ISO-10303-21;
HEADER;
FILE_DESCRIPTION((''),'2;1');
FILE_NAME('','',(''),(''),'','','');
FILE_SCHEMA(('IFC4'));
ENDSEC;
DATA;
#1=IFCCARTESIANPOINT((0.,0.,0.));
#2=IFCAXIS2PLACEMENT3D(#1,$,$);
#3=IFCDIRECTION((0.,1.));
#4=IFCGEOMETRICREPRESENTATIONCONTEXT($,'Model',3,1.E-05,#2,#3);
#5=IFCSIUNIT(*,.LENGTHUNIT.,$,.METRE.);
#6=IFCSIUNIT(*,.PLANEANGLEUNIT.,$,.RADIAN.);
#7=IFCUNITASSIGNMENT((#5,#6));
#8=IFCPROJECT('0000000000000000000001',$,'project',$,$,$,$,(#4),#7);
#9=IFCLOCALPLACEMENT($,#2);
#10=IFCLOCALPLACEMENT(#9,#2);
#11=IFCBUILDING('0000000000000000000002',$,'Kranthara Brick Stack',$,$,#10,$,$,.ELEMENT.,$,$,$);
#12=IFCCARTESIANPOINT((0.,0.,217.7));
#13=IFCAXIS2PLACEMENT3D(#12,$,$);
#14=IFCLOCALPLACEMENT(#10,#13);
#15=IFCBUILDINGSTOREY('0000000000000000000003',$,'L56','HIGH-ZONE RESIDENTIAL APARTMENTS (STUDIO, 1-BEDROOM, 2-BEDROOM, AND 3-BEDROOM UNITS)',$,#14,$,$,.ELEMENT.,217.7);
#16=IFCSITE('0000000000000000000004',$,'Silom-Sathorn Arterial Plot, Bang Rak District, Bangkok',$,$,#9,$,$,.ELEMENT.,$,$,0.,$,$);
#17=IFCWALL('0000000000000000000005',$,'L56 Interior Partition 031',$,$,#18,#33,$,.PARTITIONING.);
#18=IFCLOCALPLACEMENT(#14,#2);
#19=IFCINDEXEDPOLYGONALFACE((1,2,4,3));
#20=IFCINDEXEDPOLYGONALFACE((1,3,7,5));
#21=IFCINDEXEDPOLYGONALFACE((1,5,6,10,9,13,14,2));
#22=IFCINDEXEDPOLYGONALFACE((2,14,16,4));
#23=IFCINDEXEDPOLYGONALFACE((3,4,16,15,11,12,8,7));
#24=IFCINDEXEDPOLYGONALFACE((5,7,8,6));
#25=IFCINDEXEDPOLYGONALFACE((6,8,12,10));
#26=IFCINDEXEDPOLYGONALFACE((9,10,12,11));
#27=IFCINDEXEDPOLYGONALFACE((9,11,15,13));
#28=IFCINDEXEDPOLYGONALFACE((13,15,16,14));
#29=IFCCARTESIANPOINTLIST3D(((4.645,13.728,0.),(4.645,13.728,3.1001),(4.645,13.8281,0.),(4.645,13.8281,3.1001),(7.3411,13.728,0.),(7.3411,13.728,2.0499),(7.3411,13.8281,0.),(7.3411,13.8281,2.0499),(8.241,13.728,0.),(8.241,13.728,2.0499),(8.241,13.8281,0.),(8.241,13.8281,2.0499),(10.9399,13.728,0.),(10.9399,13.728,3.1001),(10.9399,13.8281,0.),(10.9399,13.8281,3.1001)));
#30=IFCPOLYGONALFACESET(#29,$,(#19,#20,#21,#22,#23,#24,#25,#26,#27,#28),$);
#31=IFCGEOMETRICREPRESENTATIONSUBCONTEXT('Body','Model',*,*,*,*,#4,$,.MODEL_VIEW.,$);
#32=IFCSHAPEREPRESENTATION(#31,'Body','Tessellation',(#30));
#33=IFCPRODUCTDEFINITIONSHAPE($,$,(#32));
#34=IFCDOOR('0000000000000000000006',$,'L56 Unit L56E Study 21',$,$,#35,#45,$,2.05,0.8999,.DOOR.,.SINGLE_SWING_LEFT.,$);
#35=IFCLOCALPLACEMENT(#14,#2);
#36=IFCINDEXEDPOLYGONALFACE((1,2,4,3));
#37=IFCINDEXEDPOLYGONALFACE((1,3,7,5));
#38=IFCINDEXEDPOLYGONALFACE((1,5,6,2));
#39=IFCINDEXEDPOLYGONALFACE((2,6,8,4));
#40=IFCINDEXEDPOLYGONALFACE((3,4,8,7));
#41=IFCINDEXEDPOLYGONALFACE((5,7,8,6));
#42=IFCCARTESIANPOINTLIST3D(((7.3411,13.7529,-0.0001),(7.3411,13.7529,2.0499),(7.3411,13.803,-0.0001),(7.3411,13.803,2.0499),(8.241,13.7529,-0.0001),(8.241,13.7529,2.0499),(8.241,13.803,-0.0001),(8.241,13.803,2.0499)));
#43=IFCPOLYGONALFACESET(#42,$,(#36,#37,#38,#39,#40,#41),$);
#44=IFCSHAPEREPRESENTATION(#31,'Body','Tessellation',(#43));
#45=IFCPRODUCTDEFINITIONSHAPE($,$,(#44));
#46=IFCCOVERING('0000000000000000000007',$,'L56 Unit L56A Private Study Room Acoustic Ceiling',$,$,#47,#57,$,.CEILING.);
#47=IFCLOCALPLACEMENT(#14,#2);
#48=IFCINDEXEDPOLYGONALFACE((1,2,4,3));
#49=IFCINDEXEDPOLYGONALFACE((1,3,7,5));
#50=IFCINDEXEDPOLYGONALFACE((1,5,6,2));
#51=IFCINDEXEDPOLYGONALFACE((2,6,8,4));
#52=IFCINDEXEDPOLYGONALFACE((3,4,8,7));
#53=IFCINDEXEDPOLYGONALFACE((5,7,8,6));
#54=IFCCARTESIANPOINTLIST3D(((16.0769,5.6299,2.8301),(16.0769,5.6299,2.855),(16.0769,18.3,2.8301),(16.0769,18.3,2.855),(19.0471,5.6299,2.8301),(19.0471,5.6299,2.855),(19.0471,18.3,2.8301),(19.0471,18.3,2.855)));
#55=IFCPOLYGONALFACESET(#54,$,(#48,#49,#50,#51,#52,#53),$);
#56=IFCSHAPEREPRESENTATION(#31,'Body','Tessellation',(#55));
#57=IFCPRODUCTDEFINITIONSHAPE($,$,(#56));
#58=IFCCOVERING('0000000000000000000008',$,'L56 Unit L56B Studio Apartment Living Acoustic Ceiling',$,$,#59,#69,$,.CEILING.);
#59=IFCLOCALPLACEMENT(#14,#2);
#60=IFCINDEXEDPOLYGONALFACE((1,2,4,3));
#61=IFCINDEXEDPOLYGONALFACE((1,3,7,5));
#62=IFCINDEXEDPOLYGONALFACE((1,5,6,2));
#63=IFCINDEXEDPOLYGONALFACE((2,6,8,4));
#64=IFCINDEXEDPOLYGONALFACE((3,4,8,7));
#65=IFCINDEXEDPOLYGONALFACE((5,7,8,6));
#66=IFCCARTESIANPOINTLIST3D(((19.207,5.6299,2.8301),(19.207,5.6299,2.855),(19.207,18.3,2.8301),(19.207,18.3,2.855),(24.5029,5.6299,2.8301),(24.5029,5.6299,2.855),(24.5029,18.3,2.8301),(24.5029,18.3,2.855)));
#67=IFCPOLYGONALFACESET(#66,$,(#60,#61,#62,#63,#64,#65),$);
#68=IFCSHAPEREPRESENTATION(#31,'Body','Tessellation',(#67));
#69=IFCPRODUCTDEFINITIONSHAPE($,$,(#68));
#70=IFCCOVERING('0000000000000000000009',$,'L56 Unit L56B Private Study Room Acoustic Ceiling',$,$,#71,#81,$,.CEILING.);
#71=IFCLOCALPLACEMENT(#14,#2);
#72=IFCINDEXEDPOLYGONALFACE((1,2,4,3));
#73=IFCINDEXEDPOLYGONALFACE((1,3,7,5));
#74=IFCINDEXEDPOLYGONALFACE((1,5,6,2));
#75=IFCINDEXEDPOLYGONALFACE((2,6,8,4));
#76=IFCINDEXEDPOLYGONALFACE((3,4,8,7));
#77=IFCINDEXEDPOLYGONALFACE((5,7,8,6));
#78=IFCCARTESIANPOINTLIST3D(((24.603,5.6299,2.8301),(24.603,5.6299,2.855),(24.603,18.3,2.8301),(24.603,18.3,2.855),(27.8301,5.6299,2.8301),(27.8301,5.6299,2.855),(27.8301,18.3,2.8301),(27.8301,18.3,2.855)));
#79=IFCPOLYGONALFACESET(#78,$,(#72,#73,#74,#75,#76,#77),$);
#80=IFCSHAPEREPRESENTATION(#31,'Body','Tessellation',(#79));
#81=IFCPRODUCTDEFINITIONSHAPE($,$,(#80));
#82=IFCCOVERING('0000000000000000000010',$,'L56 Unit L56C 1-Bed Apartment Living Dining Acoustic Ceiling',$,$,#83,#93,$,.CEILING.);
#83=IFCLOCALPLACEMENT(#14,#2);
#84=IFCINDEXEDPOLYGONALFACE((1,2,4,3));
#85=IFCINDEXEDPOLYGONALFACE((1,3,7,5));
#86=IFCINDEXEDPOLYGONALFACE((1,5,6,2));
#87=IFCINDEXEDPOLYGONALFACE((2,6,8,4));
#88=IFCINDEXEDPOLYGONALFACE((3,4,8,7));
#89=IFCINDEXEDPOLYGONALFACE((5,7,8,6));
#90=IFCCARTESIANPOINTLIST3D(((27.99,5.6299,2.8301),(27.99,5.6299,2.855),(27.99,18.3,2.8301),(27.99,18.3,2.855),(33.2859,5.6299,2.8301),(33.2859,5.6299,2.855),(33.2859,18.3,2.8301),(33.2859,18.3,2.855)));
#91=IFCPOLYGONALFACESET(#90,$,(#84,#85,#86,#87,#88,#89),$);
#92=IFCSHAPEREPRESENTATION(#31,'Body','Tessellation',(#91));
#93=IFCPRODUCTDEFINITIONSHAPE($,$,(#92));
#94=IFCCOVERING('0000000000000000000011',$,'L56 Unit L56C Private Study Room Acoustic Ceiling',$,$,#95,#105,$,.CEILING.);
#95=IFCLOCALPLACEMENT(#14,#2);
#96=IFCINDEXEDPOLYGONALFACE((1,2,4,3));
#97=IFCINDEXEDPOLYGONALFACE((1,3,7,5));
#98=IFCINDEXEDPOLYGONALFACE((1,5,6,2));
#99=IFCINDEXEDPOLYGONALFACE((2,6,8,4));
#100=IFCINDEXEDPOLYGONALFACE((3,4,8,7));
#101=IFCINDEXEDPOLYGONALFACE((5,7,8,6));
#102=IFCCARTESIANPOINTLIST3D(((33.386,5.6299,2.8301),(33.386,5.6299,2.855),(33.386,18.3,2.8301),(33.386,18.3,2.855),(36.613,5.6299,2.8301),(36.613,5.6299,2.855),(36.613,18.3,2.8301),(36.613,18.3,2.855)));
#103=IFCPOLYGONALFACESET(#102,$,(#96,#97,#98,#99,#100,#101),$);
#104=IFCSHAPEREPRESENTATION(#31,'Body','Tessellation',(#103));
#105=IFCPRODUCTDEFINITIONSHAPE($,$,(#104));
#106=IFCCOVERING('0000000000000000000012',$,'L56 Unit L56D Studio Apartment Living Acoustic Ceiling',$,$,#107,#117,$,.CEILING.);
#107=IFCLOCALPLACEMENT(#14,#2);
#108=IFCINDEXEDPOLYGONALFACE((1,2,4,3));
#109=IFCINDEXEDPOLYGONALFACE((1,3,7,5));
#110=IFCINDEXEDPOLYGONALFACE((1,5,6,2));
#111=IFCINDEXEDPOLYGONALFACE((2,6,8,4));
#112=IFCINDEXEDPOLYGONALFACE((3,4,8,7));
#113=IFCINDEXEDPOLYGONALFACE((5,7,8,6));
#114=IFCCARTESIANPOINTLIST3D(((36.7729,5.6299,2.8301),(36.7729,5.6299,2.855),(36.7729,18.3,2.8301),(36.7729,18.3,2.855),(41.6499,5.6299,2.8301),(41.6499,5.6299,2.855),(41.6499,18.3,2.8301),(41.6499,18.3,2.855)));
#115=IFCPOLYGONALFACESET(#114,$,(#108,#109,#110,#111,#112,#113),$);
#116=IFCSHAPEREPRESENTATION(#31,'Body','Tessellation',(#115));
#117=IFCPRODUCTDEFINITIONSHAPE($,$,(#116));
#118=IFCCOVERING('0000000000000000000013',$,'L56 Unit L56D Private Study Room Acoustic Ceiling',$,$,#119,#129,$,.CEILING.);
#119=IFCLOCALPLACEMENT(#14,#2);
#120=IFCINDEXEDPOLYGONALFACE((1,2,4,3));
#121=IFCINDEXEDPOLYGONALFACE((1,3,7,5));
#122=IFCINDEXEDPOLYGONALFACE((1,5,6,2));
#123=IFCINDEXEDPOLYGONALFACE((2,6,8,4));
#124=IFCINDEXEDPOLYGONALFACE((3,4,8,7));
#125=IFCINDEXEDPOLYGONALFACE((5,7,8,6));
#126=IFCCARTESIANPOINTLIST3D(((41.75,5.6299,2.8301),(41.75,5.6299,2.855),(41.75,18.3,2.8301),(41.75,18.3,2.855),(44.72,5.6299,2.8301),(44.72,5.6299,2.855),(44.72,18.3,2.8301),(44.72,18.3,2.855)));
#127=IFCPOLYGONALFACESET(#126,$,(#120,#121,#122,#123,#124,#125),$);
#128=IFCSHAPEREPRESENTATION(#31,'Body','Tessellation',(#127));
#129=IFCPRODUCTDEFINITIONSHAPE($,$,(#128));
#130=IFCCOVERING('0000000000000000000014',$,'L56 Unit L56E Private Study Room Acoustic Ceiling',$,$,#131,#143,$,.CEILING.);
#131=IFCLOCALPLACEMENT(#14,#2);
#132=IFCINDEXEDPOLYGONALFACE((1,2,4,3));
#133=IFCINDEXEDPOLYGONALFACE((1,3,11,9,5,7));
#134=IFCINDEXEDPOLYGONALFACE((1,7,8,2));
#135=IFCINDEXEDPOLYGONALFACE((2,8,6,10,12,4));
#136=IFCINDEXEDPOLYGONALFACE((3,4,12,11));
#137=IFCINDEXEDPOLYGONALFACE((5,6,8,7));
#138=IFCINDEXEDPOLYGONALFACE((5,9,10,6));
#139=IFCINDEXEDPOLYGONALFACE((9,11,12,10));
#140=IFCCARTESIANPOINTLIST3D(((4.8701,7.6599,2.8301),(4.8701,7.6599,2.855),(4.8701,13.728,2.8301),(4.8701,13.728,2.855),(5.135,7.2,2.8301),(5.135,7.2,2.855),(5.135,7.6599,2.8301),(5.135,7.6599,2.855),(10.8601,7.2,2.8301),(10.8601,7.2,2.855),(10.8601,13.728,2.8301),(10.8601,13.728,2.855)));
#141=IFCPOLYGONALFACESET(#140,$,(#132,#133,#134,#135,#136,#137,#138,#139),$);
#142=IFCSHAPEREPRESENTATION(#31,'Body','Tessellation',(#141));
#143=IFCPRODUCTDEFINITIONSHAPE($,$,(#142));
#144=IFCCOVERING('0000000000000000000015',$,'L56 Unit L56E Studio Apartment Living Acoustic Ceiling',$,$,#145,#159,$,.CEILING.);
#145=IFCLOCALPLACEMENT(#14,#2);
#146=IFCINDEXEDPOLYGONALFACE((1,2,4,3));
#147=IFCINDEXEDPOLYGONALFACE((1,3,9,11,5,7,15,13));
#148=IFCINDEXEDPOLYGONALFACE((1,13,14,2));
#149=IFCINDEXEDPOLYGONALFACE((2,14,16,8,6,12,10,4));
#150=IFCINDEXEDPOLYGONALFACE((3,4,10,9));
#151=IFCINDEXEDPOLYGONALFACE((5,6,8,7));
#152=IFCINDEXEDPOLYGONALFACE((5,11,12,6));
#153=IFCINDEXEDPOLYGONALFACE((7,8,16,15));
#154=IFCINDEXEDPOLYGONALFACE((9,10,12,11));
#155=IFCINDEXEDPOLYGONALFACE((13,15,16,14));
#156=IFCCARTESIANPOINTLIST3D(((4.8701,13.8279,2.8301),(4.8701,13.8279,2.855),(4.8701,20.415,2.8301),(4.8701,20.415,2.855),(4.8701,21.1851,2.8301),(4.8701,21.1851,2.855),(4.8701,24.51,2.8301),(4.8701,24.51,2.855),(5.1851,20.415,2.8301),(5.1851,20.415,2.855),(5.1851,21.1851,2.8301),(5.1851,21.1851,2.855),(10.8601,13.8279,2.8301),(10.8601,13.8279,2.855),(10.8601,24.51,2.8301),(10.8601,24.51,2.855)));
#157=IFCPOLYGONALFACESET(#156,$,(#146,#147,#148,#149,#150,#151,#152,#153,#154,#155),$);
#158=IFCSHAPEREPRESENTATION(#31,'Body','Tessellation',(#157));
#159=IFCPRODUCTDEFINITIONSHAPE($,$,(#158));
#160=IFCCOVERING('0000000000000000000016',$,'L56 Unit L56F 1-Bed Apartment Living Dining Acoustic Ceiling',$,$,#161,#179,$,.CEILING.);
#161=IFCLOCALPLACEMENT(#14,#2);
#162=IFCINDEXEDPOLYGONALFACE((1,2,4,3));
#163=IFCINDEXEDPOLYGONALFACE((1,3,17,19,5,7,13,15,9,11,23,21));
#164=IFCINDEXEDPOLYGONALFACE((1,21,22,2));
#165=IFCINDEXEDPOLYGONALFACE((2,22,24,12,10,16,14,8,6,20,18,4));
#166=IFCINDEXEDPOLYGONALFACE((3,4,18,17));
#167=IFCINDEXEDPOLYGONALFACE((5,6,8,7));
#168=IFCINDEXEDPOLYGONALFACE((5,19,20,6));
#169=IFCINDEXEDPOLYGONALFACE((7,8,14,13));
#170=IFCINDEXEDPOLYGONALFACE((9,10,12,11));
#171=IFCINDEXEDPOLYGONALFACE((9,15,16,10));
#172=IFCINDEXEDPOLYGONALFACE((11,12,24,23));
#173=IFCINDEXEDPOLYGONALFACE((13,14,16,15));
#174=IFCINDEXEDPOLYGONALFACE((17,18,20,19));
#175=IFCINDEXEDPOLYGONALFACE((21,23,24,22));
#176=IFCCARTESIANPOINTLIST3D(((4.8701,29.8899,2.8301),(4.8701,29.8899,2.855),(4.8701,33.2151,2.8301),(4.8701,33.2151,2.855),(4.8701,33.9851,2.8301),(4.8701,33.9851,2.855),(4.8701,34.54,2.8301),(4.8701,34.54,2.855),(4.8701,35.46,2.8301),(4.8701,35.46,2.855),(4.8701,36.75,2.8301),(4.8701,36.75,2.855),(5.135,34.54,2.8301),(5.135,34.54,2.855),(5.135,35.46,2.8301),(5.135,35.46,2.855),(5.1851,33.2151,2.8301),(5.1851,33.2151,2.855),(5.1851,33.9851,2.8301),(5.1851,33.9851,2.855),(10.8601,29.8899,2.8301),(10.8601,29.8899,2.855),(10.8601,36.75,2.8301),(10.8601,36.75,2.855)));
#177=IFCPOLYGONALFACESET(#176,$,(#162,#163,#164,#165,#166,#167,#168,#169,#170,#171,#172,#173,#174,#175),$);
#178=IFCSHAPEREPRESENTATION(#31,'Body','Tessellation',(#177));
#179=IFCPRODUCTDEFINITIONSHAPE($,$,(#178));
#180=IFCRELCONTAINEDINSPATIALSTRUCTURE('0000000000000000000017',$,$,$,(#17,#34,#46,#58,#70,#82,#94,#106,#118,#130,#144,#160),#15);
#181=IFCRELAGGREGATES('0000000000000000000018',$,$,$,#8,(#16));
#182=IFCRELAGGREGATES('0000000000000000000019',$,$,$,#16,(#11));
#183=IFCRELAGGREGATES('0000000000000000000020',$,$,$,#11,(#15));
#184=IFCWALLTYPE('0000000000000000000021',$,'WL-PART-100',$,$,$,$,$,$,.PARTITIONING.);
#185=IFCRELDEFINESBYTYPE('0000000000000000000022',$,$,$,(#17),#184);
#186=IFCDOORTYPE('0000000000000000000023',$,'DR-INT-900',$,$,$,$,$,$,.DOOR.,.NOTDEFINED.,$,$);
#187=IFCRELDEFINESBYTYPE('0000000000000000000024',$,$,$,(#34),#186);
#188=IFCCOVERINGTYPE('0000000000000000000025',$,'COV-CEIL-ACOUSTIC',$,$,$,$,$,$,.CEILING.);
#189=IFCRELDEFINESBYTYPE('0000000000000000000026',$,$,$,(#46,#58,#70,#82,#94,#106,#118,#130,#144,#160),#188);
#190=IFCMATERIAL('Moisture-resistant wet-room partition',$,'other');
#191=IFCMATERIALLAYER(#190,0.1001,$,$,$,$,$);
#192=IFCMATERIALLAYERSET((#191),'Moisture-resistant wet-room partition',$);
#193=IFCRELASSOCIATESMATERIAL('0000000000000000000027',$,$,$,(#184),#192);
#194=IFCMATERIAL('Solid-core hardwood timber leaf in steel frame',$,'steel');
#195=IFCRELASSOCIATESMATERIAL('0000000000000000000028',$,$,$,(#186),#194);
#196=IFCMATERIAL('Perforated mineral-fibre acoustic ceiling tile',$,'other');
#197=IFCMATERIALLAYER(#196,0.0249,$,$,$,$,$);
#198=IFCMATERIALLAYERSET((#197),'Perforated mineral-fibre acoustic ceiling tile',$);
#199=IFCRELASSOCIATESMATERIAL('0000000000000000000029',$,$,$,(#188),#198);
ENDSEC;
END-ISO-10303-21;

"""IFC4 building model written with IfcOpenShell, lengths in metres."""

from ifc_helpers import new_model, si_unit, direction, frame, frame_2d, origin, place, context, subcontext, project, spatial, polyline, rectangle, outline, extrude, material, layer, layer_set, type_object, element, fill, save


model = new_model("IFC4")

# Units and contexts
model_context = context("Model", 3, precision=1e-05, world=origin(), true_north=direction((0.0, 1.0)))
body_context = subcontext(model_context, "Body", "Model", "MODEL_VIEW")
ifc_project = project(units=[si_unit("LENGTHUNIT", "METRE"), si_unit("PLANEANGLEUNIT", "RADIAN")], contexts=[model_context])

# Site, building, storey
site_placement = place(None, origin())
site = spatial("IfcSite", under=ifc_project, at=site_placement, Name="Silom-Sathorn Arterial Plot, Bang Rak District, Bangkok", CompositionType="ELEMENT", RefElevation=0.0)
building_placement = place(site_placement, origin())
building = spatial("IfcBuilding", under=site, at=building_placement, Name="Kranthara Brick Stack", CompositionType="ELEMENT")
storey_placement = place(building_placement, frame((0.0, 0.0, 217.7)))
storey = spatial("IfcBuildingStorey", under=building, at=storey_placement, Name="L56", Description="HIGH-ZONE RESIDENTIAL APARTMENTS (STUDIO, 1-BEDROOM, 2-BEDROOM, AND 3-BEDROOM UNITS)", CompositionType="ELEMENT", Elevation=217.7)

# Wall, opening, door
ifc_material_1 = material(Name="Moisture-resistant wet-room partition", Category="other")
ifc_layer_1 = layer(ifc_material_1, 0.1001)
ifc_layer_set_1 = layer_set([ifc_layer_1], Name="Moisture-resistant wet-room partition")
wall_type_1 = type_object("IfcWallType", Name="WL-PART-100", PredefinedType="PARTITIONING", material=ifc_layer_set_1)
wall_1_placement = place(storey_placement, frame((4.645, 13.7781, 0.0), z_axis=(0.0, 0.0, 1.0), x_axis=(1.0, 0.0, 0.0)))
wall_1 = element("IfcWall", 1, at=wall_1_placement, inside=storey, type_object=wall_type_1, Name="L56 Interior Partition 031", PredefinedType="PARTITIONING", context=body_context, shape_type="SweptSolid", body=[
    extrude(rectangle(XDim=6.2949, YDim=0.1001, at=frame_2d((3.1475, 0.0))), origin(), (0.0, 0.0, 1.0), 3.1001),
])
opening_1_placement = place(wall_1_placement, frame((2.696, 0.0, 0.0)))
opening_1 = element("IfcOpeningElement", 2, at=opening_1_placement, cuts=wall_1, PredefinedType="OPENING", context=body_context, shape_type="SweptSolid", body=[
    extrude(rectangle(XDim=0.8999, YDim=2.05, at=frame_2d((0.45, 1.0249))), frame((0.0, 0.0601, 0.0), z_axis=(0.0, -1.0, 0.0), x_axis=(1.0, 0.0, 0.0)), (0.0, 0.0, 1.0), 0.1201),
])
ifc_material_2 = material(Name="Solid-core hardwood timber leaf in steel frame", Category="steel")
door_type = type_object("IfcDoorType", Name="DR-INT-900", OperationType="NOTDEFINED", PredefinedType="DOOR", material=ifc_material_2)
door_placement = place(opening_1_placement, origin())
door = element("IfcDoor", 3, at=door_placement, inside=storey, type_object=door_type, Name="L56 Unit L56E Study 21", OperationType="SINGLE_SWING_LEFT", OverallHeight=2.05, OverallWidth=0.8999, PredefinedType="DOOR", context=body_context, shape_type="SweptSolid", body=[
    extrude(rectangle(XDim=0.8999, YDim=2.05, at=frame_2d((0.45, 1.0249))), frame((0.0, 0.0249, 0.0), z_axis=(0.0, -1.0, 0.0), x_axis=(1.0, 0.0, 0.0)), (0.0, 0.0, 1.0), 0.05),
])
fill(opening_1, door)

# Coverings
ifc_material_3 = material(Name="Perforated mineral-fibre acoustic ceiling tile", Category="other")
ifc_layer_2 = layer(ifc_material_3, 0.0249)
ifc_layer_set_2 = layer_set([ifc_layer_2], Name="Perforated mineral-fibre acoustic ceiling tile")
covering_type = type_object("IfcCoveringType", Name="COV-CEIL-ACOUSTIC", PredefinedType="CEILING", material=ifc_layer_set_2)
covering_1_placement = place(storey_placement, frame((0.0, 0.0, 2.8301)))
element("IfcCovering", 4, at=covering_1_placement, inside=storey, type_object=covering_type, Name="L56 Unit L56A Private Study Room Acoustic Ceiling", PredefinedType="CEILING", context=body_context, shape_type="SweptSolid", body=[
    extrude(outline(polyline([(19.0471, 5.6299), (19.0471, 18.3), (16.0769, 18.3), (16.0769, 5.6299), (19.0471, 5.6299)])), origin(), (0.0, 0.0, 1.0), 0.0249),
])
covering_2_placement = place(storey_placement, frame((0.0, 0.0, 2.8301)))
element("IfcCovering", 5, at=covering_2_placement, inside=storey, type_object=covering_type, Name="L56 Unit L56B Studio Apartment Living Acoustic Ceiling", PredefinedType="CEILING", context=body_context, shape_type="SweptSolid", body=[
    extrude(outline(polyline([(24.5029, 5.6299), (24.5029, 18.3), (19.207, 18.3), (19.207, 5.6299), (24.5029, 5.6299)])), origin(), (0.0, 0.0, 1.0), 0.0249),
])
covering_3_placement = place(storey_placement, frame((0.0, 0.0, 2.8301)))
element("IfcCovering", 6, at=covering_3_placement, inside=storey, type_object=covering_type, Name="L56 Unit L56B Private Study Room Acoustic Ceiling", PredefinedType="CEILING", context=body_context, shape_type="SweptSolid", body=[
    extrude(outline(polyline([(27.8301, 5.6299), (27.8301, 18.3), (24.603, 18.3), (24.603, 5.6299), (27.8301, 5.6299)])), origin(), (0.0, 0.0, 1.0), 0.0249),
])
covering_4_placement = place(storey_placement, frame((0.0, 0.0, 2.8301)))
element("IfcCovering", 7, at=covering_4_placement, inside=storey, type_object=covering_type, Name="L56 Unit L56C 1-Bed Apartment Living Dining Acoustic Ceiling", PredefinedType="CEILING", context=body_context, shape_type="SweptSolid", body=[
    extrude(outline(polyline([(33.2859, 5.6299), (33.2859, 18.3), (27.99, 18.3), (27.99, 5.6299), (33.2859, 5.6299)])), origin(), (0.0, 0.0, 1.0), 0.0249),
])
covering_5_placement = place(storey_placement, frame((0.0, 0.0, 2.8301)))
element("IfcCovering", 8, at=covering_5_placement, inside=storey, type_object=covering_type, Name="L56 Unit L56C Private Study Room Acoustic Ceiling", PredefinedType="CEILING", context=body_context, shape_type="SweptSolid", body=[
    extrude(outline(polyline([(36.613, 5.6299), (36.613, 18.3), (33.386, 18.3), (33.386, 5.6299), (36.613, 5.6299)])), origin(), (0.0, 0.0, 1.0), 0.0249),
])
covering_6_placement = place(storey_placement, frame((0.0, 0.0, 2.8301)))
element("IfcCovering", 9, at=covering_6_placement, inside=storey, type_object=covering_type, Name="L56 Unit L56D Studio Apartment Living Acoustic Ceiling", PredefinedType="CEILING", context=body_context, shape_type="SweptSolid", body=[
    extrude(outline(polyline([(41.6499, 5.6299), (41.6499, 18.3), (36.7729, 18.3), (36.7729, 5.6299), (41.6499, 5.6299)])), origin(), (0.0, 0.0, 1.0), 0.0249),
])
covering_7_placement = place(storey_placement, frame((0.0, 0.0, 2.8301)))
element("IfcCovering", 10, at=covering_7_placement, inside=storey, type_object=covering_type, Name="L56 Unit L56D Private Study Room Acoustic Ceiling", PredefinedType="CEILING", context=body_context, shape_type="SweptSolid", body=[
    extrude(outline(polyline([(44.72, 5.6299), (44.72, 18.3), (41.75, 18.3), (41.75, 5.6299), (44.72, 5.6299)])), origin(), (0.0, 0.0, 1.0), 0.0249),
])
covering_8_placement = place(storey_placement, frame((0.0, 0.0, 2.8301)))
element("IfcCovering", 11, at=covering_8_placement, inside=storey, type_object=covering_type, Name="L56 Unit L56E Private Study Room Acoustic Ceiling", PredefinedType="CEILING", context=body_context, shape_type="SweptSolid", body=[
    extrude(outline(polyline([(4.8701, 13.728), (10.8601, 13.728), (10.8601, 7.2), (5.135, 7.2), (5.135, 7.6599), (4.8701, 7.6599), (4.8701, 13.728)])), origin(), (0.0, 0.0, 1.0), 0.0249),
])
covering_9_placement = place(storey_placement, frame((0.0, 0.0, 2.8301)))
element("IfcCovering", 12, at=covering_9_placement, inside=storey, type_object=covering_type, Name="L56 Unit L56E Studio Apartment Living Acoustic Ceiling", PredefinedType="CEILING", context=body_context, shape_type="SweptSolid", body=[
    extrude(outline(polyline([(4.8701, 24.51), (10.8601, 24.51), (10.8601, 13.8279), (4.8701, 13.8279), (4.8701, 20.415), (5.1851, 20.415), (5.1851, 21.1851), (4.8701, 21.1851), (4.8701, 24.51)])), origin(), (0.0, 0.0, 1.0), 0.0249),
])
covering_10_placement = place(storey_placement, frame((0.0, 0.0, 2.8301)))
element("IfcCovering", 13, at=covering_10_placement, inside=storey, type_object=covering_type, Name="L56 Unit L56F 1-Bed Apartment Living Dining Acoustic Ceiling", PredefinedType="CEILING", context=body_context, shape_type="SweptSolid", body=[
    extrude(outline(polyline([(10.8601, 36.75), (10.8601, 29.8899), (4.8701, 29.8899), (4.8701, 33.2151), (5.1851, 33.2151), (5.1851, 33.9851), (4.8701, 33.9851), (4.8701, 34.54), (5.135, 34.54), (5.135, 35.46), (4.8701, 35.46), (4.8701, 36.75), (10.8601, 36.75)])), origin(), (0.0, 0.0, 1.0), 0.0249),
])

save(model, "model.ifc")
